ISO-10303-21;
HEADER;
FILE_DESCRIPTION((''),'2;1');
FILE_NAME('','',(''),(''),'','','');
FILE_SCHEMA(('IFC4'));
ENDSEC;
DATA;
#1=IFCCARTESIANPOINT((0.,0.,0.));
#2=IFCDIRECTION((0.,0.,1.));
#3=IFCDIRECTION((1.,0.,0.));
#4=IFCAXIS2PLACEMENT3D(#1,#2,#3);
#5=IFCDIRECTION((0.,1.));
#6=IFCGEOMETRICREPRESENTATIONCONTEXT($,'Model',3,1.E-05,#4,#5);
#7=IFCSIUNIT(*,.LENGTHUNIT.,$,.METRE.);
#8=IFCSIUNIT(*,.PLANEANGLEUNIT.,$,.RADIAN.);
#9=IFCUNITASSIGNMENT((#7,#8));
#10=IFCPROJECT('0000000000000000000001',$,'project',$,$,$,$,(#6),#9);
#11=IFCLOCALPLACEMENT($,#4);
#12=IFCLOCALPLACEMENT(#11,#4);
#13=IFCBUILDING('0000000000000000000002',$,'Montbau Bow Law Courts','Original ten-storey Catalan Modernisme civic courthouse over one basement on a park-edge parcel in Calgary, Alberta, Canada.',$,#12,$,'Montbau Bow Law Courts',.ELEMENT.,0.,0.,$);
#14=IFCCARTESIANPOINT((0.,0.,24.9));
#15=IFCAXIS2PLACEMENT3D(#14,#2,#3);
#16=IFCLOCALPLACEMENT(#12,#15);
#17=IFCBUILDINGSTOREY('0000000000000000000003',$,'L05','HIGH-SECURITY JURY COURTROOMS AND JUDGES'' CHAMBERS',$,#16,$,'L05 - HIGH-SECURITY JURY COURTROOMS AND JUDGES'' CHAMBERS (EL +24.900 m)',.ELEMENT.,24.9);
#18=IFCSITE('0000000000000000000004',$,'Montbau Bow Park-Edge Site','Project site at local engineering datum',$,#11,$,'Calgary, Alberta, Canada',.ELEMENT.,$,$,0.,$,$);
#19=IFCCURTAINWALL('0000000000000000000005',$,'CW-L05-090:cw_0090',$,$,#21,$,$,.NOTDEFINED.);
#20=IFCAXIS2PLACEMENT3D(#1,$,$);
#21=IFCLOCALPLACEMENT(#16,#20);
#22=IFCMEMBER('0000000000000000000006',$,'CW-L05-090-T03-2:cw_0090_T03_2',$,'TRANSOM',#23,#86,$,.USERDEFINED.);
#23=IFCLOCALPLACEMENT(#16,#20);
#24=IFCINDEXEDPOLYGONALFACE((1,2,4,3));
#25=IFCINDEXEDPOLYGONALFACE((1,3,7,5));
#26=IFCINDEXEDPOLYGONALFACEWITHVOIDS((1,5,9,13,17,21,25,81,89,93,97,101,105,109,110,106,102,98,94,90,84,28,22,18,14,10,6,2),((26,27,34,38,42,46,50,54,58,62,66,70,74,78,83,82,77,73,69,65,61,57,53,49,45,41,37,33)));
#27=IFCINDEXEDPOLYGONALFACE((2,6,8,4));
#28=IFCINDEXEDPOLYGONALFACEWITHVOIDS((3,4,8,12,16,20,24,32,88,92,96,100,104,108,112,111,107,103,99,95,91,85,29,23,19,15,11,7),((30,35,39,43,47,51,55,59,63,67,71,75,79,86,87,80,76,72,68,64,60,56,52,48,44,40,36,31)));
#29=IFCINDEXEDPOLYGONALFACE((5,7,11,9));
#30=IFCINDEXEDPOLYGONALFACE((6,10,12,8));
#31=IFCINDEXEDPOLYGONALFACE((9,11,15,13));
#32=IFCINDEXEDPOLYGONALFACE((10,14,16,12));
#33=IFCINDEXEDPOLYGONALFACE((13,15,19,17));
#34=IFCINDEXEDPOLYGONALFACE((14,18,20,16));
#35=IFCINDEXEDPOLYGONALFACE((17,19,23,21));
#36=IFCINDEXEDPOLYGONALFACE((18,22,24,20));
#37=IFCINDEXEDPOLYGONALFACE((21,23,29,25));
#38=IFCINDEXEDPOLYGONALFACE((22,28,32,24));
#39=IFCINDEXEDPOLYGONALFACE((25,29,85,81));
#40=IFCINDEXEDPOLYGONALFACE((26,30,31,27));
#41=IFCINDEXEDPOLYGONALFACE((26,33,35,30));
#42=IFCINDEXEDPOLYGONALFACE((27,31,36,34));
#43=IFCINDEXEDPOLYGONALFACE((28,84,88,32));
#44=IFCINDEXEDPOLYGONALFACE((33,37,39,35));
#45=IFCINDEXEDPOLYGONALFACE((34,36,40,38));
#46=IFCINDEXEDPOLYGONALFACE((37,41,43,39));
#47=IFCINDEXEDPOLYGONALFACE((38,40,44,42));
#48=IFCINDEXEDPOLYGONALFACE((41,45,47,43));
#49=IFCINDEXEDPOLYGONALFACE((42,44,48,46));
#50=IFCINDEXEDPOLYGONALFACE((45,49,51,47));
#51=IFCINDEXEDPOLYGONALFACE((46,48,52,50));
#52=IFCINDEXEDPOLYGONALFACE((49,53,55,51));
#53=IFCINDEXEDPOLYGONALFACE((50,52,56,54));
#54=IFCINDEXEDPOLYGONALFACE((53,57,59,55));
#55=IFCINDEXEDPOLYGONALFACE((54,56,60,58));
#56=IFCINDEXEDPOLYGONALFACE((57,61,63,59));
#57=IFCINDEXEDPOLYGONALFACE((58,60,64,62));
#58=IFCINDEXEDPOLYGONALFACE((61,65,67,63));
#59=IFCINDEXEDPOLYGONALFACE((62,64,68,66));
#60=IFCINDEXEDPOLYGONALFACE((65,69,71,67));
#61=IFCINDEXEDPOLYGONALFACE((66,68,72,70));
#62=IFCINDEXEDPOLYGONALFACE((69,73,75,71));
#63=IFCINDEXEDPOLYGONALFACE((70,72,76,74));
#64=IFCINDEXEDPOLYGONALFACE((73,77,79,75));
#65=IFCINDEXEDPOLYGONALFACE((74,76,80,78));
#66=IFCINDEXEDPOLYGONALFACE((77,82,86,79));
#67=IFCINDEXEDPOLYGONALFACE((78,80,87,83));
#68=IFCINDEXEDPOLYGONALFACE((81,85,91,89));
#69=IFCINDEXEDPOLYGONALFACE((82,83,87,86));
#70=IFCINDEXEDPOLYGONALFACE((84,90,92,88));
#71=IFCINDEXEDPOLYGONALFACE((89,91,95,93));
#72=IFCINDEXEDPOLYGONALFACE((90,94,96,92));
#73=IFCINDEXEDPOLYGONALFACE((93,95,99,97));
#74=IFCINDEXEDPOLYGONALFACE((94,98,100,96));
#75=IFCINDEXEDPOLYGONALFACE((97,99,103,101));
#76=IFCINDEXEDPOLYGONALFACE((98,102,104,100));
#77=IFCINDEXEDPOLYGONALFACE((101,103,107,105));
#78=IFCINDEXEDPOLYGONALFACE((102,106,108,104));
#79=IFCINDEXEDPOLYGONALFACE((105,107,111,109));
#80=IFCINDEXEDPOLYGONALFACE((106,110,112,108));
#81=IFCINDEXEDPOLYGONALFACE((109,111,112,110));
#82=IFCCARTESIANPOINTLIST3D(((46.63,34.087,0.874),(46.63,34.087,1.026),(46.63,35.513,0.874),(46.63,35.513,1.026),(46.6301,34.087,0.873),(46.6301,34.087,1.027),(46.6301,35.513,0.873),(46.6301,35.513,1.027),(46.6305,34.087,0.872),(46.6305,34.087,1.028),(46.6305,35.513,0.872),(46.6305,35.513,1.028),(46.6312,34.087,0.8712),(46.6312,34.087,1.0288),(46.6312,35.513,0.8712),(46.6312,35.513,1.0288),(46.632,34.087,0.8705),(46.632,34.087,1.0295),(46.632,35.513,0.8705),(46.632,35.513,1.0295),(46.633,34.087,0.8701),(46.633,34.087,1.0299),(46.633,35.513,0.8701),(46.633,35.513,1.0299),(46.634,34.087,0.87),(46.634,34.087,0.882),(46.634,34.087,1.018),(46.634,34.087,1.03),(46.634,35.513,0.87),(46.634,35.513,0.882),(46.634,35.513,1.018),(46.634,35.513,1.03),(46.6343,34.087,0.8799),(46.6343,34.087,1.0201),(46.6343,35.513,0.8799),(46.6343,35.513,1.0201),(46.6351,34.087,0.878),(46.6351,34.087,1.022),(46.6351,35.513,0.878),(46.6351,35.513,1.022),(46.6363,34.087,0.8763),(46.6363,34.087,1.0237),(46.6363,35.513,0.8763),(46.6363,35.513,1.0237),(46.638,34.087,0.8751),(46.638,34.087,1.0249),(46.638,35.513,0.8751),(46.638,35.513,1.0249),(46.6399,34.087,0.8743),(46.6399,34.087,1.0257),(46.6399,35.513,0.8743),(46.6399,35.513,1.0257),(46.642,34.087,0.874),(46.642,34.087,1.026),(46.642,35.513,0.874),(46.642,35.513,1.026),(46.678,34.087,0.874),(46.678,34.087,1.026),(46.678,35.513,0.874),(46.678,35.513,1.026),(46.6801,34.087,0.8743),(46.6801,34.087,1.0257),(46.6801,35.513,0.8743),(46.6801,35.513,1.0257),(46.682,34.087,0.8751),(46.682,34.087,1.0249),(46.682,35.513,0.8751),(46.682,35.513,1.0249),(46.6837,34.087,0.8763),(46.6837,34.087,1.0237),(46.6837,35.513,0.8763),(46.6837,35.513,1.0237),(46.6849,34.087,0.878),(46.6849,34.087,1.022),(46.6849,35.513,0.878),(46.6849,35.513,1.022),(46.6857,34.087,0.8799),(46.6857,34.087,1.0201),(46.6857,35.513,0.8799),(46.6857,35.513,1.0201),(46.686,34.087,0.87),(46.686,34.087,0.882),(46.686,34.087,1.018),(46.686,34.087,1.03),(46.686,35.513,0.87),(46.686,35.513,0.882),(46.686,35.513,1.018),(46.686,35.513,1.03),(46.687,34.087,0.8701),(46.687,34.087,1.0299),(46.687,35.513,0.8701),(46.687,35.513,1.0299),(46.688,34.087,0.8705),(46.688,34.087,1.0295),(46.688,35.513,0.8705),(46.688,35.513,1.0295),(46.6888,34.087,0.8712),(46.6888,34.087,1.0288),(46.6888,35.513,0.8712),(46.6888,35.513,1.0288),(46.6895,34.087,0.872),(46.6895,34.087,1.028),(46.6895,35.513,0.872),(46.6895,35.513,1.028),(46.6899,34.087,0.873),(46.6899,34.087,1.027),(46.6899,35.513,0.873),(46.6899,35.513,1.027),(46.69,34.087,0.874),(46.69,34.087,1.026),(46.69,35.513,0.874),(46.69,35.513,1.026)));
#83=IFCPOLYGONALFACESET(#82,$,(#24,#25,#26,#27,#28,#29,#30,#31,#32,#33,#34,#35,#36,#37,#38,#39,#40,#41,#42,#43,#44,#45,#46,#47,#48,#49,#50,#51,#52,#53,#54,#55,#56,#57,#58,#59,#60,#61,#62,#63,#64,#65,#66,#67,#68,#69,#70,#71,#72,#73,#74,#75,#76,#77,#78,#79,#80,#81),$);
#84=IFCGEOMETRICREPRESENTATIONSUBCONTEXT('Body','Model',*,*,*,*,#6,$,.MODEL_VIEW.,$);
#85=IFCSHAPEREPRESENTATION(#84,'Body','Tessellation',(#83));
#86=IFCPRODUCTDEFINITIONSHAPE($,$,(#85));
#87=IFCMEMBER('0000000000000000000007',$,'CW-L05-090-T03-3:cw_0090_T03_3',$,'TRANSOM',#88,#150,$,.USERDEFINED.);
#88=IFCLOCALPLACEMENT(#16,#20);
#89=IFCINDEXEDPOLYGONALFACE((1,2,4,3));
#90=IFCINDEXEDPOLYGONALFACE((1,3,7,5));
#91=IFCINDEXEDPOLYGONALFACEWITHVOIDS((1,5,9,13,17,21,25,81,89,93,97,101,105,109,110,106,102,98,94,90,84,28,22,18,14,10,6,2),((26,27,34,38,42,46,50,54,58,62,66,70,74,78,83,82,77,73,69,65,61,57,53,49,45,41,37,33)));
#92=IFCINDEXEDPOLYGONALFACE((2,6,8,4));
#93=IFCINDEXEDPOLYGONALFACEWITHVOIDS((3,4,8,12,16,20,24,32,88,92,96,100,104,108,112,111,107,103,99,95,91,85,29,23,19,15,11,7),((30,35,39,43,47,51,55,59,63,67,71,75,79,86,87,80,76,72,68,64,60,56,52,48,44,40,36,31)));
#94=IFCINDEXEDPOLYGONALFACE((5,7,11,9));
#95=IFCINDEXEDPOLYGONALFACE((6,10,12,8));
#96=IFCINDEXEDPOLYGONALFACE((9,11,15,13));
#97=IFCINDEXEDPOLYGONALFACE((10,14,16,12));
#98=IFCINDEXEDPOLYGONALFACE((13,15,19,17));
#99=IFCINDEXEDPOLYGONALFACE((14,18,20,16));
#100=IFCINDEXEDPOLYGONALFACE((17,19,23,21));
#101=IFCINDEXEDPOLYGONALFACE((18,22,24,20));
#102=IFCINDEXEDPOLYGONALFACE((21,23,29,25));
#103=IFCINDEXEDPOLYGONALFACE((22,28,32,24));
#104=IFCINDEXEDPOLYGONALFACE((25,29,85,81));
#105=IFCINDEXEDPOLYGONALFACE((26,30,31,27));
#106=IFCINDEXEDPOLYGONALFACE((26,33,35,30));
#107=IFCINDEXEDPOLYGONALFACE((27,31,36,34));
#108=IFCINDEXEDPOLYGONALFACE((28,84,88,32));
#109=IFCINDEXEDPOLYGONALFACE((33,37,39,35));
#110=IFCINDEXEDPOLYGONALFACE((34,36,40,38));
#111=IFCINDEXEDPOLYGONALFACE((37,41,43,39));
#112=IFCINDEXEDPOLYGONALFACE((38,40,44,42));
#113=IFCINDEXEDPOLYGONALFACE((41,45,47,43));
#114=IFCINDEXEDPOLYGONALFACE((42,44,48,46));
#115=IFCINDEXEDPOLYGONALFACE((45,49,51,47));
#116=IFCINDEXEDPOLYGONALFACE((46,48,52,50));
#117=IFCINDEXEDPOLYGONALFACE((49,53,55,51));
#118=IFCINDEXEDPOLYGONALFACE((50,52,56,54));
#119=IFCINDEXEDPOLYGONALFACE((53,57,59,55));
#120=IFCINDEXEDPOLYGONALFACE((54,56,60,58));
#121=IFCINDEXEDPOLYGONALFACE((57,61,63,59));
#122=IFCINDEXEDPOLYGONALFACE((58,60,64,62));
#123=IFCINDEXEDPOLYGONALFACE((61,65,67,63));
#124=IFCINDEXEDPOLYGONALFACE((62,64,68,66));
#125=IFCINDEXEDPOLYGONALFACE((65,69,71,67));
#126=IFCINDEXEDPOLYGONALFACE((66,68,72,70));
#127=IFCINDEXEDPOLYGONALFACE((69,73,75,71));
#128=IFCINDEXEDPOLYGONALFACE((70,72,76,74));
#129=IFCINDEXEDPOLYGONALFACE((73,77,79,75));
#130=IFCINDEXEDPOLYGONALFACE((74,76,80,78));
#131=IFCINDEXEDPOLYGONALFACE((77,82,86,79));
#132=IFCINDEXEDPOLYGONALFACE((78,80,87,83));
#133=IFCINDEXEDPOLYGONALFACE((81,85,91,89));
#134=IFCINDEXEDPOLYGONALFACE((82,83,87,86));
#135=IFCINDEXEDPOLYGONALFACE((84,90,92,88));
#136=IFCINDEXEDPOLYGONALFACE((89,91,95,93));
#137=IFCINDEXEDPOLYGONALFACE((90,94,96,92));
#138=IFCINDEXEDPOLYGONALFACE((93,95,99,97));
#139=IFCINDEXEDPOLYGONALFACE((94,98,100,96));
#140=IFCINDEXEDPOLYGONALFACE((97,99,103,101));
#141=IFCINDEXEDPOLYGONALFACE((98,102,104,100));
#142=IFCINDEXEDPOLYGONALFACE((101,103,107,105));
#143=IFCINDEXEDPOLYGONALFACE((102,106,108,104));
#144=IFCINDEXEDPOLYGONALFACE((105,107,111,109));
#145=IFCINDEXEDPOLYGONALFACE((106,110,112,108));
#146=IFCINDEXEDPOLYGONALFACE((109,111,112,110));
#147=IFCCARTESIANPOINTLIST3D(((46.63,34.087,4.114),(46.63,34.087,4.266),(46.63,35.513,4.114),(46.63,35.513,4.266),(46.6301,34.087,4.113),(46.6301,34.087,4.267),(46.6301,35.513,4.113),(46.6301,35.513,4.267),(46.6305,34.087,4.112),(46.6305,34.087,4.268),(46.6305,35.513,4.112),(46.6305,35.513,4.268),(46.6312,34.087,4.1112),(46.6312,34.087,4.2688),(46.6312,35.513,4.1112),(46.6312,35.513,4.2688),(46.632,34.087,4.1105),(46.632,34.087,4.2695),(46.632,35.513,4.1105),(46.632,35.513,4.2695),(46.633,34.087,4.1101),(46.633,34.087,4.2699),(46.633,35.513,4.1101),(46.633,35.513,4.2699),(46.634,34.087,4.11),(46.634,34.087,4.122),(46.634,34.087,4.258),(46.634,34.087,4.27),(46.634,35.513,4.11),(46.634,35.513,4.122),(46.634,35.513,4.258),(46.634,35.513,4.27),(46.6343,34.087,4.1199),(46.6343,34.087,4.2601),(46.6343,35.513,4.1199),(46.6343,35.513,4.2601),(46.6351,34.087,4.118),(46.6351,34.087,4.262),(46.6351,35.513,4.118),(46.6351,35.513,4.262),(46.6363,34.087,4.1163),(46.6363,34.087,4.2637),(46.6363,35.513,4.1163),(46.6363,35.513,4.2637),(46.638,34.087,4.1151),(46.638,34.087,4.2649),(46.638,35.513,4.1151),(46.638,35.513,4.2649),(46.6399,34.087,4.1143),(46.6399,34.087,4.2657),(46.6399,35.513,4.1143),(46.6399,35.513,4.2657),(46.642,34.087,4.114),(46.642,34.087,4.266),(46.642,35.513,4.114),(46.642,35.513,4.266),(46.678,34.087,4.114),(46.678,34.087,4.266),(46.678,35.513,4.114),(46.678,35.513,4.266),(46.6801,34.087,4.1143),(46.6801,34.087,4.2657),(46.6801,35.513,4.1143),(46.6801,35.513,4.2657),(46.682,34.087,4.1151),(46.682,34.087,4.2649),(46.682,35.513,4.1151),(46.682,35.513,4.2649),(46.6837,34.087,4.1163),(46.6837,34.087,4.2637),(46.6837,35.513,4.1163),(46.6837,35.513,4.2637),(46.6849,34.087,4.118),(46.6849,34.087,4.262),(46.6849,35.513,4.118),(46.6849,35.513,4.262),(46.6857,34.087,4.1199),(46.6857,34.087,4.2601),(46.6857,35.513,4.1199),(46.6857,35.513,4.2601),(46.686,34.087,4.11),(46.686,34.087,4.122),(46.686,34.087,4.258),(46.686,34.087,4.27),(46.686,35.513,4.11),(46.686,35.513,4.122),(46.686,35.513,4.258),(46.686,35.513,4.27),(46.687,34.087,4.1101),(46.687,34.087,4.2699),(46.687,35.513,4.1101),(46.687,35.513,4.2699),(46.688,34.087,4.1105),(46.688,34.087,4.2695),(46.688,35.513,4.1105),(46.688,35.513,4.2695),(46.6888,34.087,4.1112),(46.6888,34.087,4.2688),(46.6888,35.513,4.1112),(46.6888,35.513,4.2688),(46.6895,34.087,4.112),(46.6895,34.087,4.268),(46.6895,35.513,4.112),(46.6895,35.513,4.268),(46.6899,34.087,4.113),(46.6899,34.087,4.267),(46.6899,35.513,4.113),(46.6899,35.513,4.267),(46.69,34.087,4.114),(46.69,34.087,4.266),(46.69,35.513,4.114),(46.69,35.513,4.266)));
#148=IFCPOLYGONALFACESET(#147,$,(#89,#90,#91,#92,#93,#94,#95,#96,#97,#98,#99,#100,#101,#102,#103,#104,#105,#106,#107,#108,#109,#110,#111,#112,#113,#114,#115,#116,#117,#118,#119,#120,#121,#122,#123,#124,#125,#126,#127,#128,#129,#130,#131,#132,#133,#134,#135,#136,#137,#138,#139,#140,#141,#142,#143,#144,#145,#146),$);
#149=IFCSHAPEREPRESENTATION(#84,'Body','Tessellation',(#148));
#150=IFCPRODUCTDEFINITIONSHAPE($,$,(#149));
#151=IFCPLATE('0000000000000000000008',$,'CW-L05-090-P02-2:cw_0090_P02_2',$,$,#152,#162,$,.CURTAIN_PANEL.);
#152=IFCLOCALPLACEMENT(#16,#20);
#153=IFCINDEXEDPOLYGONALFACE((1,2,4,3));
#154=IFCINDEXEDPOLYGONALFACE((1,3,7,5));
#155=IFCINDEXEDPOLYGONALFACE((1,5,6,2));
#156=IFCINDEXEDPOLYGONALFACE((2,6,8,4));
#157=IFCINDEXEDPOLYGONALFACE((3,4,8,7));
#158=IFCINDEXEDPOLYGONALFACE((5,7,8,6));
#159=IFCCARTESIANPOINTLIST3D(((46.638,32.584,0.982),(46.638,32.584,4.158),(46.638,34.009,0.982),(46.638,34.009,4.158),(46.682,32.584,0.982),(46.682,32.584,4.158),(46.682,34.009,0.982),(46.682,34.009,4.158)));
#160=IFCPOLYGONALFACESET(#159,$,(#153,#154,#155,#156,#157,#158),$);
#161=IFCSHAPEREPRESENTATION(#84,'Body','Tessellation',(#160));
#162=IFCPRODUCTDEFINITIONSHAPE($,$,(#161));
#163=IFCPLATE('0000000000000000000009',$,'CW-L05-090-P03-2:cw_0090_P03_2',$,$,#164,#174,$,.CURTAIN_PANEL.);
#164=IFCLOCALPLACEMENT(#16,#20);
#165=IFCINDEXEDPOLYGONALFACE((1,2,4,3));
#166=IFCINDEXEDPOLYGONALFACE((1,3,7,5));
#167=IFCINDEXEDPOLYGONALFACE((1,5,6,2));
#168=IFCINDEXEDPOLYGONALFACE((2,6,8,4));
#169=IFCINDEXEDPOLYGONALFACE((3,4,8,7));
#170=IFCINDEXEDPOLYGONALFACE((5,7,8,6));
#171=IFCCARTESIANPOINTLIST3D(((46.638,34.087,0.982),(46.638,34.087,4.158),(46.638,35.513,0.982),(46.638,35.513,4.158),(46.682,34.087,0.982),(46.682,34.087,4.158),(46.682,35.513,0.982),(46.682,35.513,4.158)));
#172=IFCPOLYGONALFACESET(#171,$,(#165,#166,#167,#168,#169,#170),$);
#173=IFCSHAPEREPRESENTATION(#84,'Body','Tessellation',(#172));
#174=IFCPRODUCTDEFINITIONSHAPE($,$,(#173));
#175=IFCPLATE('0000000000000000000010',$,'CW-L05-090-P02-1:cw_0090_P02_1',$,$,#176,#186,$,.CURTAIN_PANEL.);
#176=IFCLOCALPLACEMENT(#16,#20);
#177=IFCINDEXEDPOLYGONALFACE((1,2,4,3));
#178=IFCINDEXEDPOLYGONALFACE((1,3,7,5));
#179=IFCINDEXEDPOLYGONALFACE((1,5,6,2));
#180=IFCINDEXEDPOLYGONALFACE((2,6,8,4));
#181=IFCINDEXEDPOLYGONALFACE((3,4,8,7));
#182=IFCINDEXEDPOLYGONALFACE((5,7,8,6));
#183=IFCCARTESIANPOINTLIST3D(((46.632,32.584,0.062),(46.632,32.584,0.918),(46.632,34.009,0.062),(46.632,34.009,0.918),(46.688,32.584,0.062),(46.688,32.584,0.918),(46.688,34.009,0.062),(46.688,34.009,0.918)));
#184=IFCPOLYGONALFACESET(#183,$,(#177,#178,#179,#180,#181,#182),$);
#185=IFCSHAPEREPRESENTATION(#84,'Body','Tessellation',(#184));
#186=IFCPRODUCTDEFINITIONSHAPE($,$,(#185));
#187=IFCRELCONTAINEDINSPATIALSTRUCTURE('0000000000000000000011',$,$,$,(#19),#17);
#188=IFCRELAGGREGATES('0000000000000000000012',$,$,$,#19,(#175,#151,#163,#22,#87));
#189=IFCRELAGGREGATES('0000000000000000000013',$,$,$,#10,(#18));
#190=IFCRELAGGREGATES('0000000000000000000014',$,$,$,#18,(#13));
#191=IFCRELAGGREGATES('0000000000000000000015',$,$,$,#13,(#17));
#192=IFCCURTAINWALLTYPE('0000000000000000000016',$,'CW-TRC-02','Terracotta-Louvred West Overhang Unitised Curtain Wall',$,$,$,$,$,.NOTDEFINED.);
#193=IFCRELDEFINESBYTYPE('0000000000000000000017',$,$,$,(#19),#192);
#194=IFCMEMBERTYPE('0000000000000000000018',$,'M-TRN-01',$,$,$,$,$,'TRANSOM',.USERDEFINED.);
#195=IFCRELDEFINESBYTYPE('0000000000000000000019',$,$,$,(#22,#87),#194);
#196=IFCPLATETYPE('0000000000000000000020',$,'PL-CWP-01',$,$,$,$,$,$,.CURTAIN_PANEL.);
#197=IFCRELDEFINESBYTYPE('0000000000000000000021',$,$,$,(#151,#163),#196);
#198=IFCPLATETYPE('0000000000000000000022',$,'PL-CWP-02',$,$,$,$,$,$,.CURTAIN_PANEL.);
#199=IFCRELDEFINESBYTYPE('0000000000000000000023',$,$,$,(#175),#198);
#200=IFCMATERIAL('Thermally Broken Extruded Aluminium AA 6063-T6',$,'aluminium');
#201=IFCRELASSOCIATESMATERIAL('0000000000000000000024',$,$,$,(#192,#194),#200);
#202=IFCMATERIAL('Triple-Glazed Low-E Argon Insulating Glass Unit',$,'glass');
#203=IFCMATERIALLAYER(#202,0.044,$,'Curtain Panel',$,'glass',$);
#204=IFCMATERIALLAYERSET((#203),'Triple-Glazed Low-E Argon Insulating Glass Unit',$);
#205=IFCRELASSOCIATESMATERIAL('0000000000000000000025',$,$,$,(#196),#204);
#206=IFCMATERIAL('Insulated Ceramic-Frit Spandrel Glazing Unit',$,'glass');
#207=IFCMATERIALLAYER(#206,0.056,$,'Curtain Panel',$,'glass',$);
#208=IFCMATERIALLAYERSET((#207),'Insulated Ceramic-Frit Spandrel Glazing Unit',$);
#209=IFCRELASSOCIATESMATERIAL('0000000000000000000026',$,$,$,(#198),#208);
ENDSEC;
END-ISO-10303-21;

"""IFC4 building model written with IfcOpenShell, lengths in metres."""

from ifc_helpers import new_model, si_unit, direction, frame, frame_2d, origin_with_axes, origin_2d_with_axis, place, context, subcontext, project, spatial, rectangle, hollow_rectangle, extrude, material, layer, layer_set, material_profile, profile_set, type_object, element, aggregate, save


model = new_model("IFC4")

# Units and contexts
model_context = context("Model", 3, precision=1e-05, world=origin_with_axes(), true_north=direction((0.0, 1.0)))
body_context = subcontext(model_context, "Body", "Model", "MODEL_VIEW")
ifc_project = project(units=[si_unit("LENGTHUNIT", "METRE"), si_unit("PLANEANGLEUNIT", "RADIAN")], contexts=[model_context])

# Site, building, storey
site_placement = place(None, origin_with_axes())
site = spatial("IfcSite", under=ifc_project, at=site_placement, Name="Montbau Bow Park-Edge Site", Description="Project site at local engineering datum", LongName="Calgary, Alberta, Canada", CompositionType="ELEMENT", RefElevation=0.0)
building_placement = place(site_placement, origin_with_axes())
building = spatial("IfcBuilding", under=site, at=building_placement, Name="Montbau Bow Law Courts", Description="Original ten-storey Catalan Modernisme civic courthouse over one basement on a park-edge parcel in Calgary, Alberta, Canada.", LongName="Montbau Bow Law Courts", CompositionType="ELEMENT", ElevationOfRefHeight=0.0, ElevationOfTerrain=0.0)
storey_placement = place(building_placement, frame((0.0, 0.0, 24.9), z_axis=(0.0, 0.0, 1.0), x_axis=(1.0, 0.0, 0.0)))
storey = spatial("IfcBuildingStorey", under=building, at=storey_placement, Name="L05", Description="HIGH-SECURITY JURY COURTROOMS AND JUDGES' CHAMBERS", LongName="L05 - HIGH-SECURITY JURY COURTROOMS AND JUDGES' CHAMBERS (EL +24.900 m)", CompositionType="ELEMENT", Elevation=24.9)

# Curtain wall, members, plates
ifc_material_1 = material(Name="Thermally Broken Extruded Aluminium AA 6063-T6", Category="aluminium")
curtain_wall_type = type_object("IfcCurtainWallType", Name="CW-TRC-02", Description="Terracotta-Louvred West Overhang Unitised Curtain Wall", PredefinedType="NOTDEFINED", material=ifc_material_1)
curtain_wall_placement = place(None, frame((46.66, 31.04, 24.9), z_axis=(0.0, 0.0, 1.0), x_axis=(1.0, 0.0, 0.0)))
curtain_wall = element("IfcCurtainWall", 1, at=curtain_wall_placement, inside=storey, type_object=curtain_wall_type, Name="CW-L05-090:cw_0090", PredefinedType="NOTDEFINED")
ifc_material_profile_1 = material_profile(ifc_material_1, hollow_rectangle(XDim=0.06, YDim=0.16, WallThickness=0.004, InnerFilletRadius=0.008, OuterFilletRadius=0.004, at=origin_2d_with_axis()), Name="CWT-160X60", Category="Main", Priority=0)
ifc_profile_set_1 = profile_set([ifc_material_profile_1], Name="Thermally Broken Extruded Aluminium AA 6063-T6")
member_type_1 = type_object("IfcMemberType", Name="M-TRN-01", ElementType="TRANSOM", PredefinedType="USERDEFINED", material=ifc_profile_set_1)
member_1_placement = place(None, frame((46.66, 34.087, 25.85), z_axis=(0.0, 1.0, 0.0), x_axis=(-1.0, 0.0, 0.0)))
member_1 = element("IfcMember", 2, at=member_1_placement, type_object=member_type_1, Name="CW-L05-090-T03-2:cw_0090_T03_2", ObjectType="TRANSOM", PredefinedType="USERDEFINED", context=body_context, shape_type="SweptSolid", body=[
    extrude(hollow_rectangle(XDim=0.06, YDim=0.16, WallThickness=0.004, InnerFilletRadius=0.008, OuterFilletRadius=0.004, at=origin_2d_with_axis()), origin_with_axes(), (0.0, 0.0, 1.0), 1.426),
])
member_2_placement = place(None, frame((46.66, 34.087, 29.09), z_axis=(0.0, 1.0, 0.0), x_axis=(-1.0, 0.0, 0.0)))
member_2 = element("IfcMember", 3, at=member_2_placement, type_object=member_type_1, Name="CW-L05-090-T03-3:cw_0090_T03_3", ObjectType="TRANSOM", PredefinedType="USERDEFINED", context=body_context, shape_type="SweptSolid", body=[
    extrude(hollow_rectangle(XDim=0.06, YDim=0.16, WallThickness=0.004, InnerFilletRadius=0.008, OuterFilletRadius=0.004, at=origin_2d_with_axis()), origin_with_axes(), (0.0, 0.0, 1.0), 1.426),
])
ifc_material_2 = material(Name="Triple-Glazed Low-E Argon Insulating Glass Unit", Category="glass")
ifc_layer_1 = layer(ifc_material_2, 0.044, Name="Curtain Panel", Category="glass")
ifc_layer_set_1 = layer_set([ifc_layer_1], Name="Triple-Glazed Low-E Argon Insulating Glass Unit")
plate_type_1 = type_object("IfcPlateType", Name="PL-CWP-01", PredefinedType="CURTAIN_PANEL", material=ifc_layer_set_1)
plate_1_placement = place(None, frame((46.66, 32.584, 25.882), z_axis=(1.0, 0.0, 0.0), x_axis=(0.0, 1.0, 0.0)))
plate_1 = element("IfcPlate", 4, at=plate_1_placement, type_object=plate_type_1, Name="CW-L05-090-P02-2:cw_0090_P02_2", PredefinedType="CURTAIN_PANEL", context=body_context, shape_type="SweptSolid", body=[
    extrude(rectangle(XDim=1.425, YDim=3.176, at=frame_2d((0.7125, 1.588), x_axis=(1.0, 0.0))), frame((0.0, 0.0, -0.022), z_axis=(0.0, 0.0, 1.0), x_axis=(1.0, 0.0, 0.0)), (0.0, 0.0, 1.0), 0.044),
])
plate_2_placement = place(None, frame((46.66, 34.087, 25.882), z_axis=(1.0, 0.0, 0.0), x_axis=(0.0, 1.0, 0.0)))
plate_2 = element("IfcPlate", 5, at=plate_2_placement, type_object=plate_type_1, Name="CW-L05-090-P03-2:cw_0090_P03_2", PredefinedType="CURTAIN_PANEL", context=body_context, shape_type="SweptSolid", body=[
    extrude(rectangle(XDim=1.426, YDim=3.176, at=frame_2d((0.713, 1.588), x_axis=(1.0, 0.0))), frame((0.0, 0.0, -0.022), z_axis=(0.0, 0.0, 1.0), x_axis=(1.0, 0.0, 0.0)), (0.0, 0.0, 1.0), 0.044),
])
ifc_material_3 = material(Name="Insulated Ceramic-Frit Spandrel Glazing Unit", Category="glass")
ifc_layer_2 = layer(ifc_material_3, 0.056, Name="Curtain Panel", Category="glass")
ifc_layer_set_2 = layer_set([ifc_layer_2], Name="Insulated Ceramic-Frit Spandrel Glazing Unit")
plate_type_2 = type_object("IfcPlateType", Name="PL-CWP-02", PredefinedType="CURTAIN_PANEL", material=ifc_layer_set_2)
plate_3_placement = place(None, frame((46.66, 32.584, 24.962), z_axis=(1.0, 0.0, 0.0), x_axis=(0.0, 1.0, 0.0)))
plate_3 = element("IfcPlate", 6, at=plate_3_placement, type_object=plate_type_2, Name="CW-L05-090-P02-1:cw_0090_P02_1", PredefinedType="CURTAIN_PANEL", context=body_context, shape_type="SweptSolid", body=[
    extrude(rectangle(XDim=1.425, YDim=0.856, at=frame_2d((0.7125, 0.428), x_axis=(1.0, 0.0))), frame((0.0, 0.0, -0.028), z_axis=(0.0, 0.0, 1.0), x_axis=(1.0, 0.0, 0.0)), (0.0, 0.0, 1.0), 0.056),
])
aggregate(curtain_wall, [plate_3, plate_1, plate_2, member_1, member_2])

save(model, "model.ifc")
